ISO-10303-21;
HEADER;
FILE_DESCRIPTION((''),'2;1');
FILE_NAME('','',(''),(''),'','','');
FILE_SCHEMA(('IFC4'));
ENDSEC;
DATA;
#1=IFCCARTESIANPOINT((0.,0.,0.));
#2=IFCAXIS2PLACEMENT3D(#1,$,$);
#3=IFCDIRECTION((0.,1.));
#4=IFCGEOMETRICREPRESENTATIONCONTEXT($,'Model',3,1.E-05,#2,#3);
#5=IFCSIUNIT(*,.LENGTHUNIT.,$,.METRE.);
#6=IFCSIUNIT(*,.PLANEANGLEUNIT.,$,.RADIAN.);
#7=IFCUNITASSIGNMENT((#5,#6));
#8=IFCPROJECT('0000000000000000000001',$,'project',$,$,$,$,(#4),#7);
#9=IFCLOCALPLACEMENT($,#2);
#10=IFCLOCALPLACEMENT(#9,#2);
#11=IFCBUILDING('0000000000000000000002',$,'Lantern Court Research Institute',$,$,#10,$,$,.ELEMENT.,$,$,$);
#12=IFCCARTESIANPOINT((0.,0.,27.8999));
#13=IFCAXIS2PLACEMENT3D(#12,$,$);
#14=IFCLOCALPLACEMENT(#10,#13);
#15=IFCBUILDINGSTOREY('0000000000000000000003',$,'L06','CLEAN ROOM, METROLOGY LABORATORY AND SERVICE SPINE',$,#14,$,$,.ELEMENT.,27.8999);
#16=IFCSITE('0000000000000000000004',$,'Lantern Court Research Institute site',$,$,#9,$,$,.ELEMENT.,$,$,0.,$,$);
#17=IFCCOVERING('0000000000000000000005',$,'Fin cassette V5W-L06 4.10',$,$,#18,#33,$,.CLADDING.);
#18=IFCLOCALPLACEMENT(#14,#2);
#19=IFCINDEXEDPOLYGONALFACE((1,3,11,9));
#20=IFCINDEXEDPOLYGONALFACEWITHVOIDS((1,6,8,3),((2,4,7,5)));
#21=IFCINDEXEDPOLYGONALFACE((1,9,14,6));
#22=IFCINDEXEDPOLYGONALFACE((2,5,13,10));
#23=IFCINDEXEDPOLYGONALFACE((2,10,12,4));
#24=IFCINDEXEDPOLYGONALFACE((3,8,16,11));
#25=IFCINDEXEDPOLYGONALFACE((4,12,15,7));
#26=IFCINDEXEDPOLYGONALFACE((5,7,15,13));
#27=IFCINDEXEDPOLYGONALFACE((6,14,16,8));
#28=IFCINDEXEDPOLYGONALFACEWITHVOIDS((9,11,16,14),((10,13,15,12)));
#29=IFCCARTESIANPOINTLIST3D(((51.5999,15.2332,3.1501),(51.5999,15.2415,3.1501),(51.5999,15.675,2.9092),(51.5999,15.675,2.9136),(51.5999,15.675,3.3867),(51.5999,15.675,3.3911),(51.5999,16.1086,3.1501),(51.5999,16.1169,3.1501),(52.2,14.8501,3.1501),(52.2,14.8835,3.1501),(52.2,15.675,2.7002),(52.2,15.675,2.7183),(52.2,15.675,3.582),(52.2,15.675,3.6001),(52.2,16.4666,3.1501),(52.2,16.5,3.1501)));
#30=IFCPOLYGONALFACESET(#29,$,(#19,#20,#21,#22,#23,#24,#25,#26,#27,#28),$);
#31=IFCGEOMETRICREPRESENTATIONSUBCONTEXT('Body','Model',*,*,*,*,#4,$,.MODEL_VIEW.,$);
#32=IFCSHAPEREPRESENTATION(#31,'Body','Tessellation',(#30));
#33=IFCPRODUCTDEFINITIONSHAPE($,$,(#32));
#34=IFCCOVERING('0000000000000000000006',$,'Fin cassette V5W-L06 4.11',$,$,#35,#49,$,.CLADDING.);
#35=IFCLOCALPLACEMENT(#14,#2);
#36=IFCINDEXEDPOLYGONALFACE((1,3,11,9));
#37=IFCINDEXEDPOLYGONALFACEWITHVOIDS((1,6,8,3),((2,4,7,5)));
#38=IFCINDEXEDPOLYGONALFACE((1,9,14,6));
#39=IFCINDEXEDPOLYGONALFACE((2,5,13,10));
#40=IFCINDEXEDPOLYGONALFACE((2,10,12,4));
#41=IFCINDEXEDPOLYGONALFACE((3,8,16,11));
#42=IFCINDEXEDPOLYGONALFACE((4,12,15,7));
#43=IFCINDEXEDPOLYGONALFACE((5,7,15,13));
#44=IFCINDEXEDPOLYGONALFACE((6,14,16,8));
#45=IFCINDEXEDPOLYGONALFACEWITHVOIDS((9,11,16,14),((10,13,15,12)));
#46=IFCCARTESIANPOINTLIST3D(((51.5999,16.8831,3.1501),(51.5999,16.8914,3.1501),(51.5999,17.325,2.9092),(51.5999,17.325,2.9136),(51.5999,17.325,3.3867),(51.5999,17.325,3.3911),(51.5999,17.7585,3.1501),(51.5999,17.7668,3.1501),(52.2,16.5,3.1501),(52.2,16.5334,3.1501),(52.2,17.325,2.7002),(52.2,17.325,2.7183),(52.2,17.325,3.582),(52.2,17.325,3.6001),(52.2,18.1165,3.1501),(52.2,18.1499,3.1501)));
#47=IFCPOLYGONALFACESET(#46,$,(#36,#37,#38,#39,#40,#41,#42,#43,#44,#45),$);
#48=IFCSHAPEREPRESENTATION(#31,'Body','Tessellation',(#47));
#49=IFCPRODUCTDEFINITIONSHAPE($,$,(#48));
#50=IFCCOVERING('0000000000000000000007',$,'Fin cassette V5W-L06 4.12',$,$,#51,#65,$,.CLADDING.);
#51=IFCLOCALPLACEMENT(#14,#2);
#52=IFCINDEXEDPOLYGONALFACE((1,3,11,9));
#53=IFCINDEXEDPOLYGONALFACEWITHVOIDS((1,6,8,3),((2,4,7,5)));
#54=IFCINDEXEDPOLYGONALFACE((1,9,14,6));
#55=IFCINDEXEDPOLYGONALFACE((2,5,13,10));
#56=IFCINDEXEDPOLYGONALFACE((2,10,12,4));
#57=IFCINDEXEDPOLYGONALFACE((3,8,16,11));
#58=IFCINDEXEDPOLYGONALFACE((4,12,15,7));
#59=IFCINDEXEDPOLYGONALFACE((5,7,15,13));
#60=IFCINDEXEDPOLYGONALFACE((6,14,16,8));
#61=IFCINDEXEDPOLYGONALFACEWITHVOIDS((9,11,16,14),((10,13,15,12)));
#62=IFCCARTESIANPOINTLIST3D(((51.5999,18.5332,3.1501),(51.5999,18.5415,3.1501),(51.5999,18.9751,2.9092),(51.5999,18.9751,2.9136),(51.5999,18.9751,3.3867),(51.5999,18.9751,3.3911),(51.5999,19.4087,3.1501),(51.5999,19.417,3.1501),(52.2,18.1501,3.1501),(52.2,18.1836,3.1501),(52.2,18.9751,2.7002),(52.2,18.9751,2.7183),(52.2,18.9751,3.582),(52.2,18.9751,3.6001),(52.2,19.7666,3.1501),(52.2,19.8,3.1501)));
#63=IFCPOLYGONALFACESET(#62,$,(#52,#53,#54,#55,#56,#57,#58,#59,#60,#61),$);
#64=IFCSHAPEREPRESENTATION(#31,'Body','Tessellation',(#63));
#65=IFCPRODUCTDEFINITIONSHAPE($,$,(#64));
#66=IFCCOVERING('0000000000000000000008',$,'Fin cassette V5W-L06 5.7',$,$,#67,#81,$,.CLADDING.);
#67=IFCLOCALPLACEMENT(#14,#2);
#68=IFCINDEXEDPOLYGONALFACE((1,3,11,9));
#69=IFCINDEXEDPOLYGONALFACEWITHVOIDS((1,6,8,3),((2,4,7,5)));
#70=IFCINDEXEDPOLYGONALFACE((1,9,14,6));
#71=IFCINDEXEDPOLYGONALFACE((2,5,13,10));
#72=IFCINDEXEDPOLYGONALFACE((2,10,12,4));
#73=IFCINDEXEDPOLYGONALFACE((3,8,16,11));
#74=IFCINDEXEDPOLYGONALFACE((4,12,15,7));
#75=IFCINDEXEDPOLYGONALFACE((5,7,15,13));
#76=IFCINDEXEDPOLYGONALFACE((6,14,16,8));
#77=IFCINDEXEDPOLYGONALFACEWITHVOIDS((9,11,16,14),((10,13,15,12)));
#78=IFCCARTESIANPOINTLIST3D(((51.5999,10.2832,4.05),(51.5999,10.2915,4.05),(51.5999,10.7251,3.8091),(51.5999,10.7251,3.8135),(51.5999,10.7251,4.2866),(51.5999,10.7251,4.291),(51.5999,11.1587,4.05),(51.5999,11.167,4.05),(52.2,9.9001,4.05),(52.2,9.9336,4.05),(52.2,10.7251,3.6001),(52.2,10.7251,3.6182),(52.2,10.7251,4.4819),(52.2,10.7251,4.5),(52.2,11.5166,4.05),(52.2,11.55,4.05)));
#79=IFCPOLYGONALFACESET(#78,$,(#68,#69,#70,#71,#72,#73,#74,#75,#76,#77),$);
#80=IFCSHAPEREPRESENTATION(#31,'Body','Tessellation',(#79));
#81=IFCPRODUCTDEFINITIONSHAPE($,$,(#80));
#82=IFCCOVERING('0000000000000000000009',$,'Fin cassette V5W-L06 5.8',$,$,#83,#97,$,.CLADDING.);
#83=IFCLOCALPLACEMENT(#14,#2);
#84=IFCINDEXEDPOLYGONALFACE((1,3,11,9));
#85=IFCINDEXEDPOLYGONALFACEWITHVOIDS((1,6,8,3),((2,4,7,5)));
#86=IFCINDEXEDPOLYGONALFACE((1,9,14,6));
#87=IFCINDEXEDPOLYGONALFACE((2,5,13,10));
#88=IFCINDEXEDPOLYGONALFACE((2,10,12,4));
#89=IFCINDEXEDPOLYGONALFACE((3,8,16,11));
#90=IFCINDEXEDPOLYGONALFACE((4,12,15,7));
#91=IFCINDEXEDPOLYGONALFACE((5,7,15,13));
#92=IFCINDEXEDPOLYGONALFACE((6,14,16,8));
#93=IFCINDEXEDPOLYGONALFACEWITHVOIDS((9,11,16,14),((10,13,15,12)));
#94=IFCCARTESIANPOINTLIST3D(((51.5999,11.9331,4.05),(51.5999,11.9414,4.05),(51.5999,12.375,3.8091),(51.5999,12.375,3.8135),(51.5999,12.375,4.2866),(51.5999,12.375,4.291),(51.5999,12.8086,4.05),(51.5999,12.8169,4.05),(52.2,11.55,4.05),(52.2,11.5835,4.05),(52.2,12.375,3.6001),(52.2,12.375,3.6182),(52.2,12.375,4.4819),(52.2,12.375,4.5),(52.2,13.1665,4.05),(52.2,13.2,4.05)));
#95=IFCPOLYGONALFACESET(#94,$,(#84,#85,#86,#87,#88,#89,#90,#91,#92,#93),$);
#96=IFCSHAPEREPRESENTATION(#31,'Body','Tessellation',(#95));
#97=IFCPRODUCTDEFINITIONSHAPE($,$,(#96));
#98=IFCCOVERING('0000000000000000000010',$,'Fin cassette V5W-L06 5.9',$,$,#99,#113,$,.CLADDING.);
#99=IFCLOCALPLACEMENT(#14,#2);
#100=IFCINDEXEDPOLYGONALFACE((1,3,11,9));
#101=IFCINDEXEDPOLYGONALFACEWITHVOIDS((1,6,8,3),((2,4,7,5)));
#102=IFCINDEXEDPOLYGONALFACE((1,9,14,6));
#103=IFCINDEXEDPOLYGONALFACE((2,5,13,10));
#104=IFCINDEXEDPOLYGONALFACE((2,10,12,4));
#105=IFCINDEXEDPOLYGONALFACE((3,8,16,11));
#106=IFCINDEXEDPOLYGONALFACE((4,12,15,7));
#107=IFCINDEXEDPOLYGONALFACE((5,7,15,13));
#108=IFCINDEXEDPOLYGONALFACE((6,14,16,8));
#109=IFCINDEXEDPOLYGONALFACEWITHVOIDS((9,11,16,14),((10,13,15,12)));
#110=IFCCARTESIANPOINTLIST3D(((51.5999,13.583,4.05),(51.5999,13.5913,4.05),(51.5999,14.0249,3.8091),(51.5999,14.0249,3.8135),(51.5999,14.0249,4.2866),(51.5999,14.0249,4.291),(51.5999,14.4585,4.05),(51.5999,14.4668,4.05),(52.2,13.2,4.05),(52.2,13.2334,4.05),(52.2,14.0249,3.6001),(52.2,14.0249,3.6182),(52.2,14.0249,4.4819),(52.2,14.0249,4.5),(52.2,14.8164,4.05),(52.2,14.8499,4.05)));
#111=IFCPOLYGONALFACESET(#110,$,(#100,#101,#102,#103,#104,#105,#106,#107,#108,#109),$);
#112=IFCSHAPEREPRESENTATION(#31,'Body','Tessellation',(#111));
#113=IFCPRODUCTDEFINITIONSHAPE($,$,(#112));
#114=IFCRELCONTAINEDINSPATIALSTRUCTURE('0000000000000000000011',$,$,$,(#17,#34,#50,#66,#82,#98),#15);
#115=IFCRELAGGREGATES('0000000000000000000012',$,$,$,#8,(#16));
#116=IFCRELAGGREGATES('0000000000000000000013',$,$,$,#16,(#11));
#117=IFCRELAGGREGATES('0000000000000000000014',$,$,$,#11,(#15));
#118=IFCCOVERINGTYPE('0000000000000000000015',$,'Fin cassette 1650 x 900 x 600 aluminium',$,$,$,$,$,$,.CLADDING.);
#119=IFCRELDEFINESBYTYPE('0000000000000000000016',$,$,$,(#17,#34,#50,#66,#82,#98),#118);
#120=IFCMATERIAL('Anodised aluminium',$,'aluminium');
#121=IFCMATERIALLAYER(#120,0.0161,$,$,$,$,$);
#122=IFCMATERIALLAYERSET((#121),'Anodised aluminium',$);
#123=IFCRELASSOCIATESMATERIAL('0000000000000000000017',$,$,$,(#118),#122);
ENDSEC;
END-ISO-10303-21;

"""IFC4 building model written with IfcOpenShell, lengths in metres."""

from ifc_helpers import new_model, entity, si_unit, direction, frame, origin, place, context, subcontext, project, spatial, material, layer, layer_set, type_object, element, save


model = new_model("IFC4")

# Units and contexts
model_context = context("Model", 3, precision=1e-05, world=origin(), true_north=direction((0.0, 1.0)))
body_context = subcontext(model_context, "Body", "Model", "MODEL_VIEW")
ifc_project = project(units=[si_unit("LENGTHUNIT", "METRE"), si_unit("PLANEANGLEUNIT", "RADIAN")], contexts=[model_context])

# Site, building, storey
site_placement = place(None, origin())
site = spatial("IfcSite", under=ifc_project, at=site_placement, Name="Lantern Court Research Institute site", CompositionType="ELEMENT", RefElevation=0.0)
building_placement = place(site_placement, origin())
building = spatial("IfcBuilding", under=site, at=building_placement, Name="Lantern Court Research Institute", CompositionType="ELEMENT")
storey_placement = place(building_placement, frame((0.0, 0.0, 27.8999)))
storey = spatial("IfcBuildingStorey", under=building, at=storey_placement, Name="L06", Description="CLEAN ROOM, METROLOGY LABORATORY AND SERVICE SPINE", CompositionType="ELEMENT", Elevation=27.8999)

# Coverings
ifc_material_1 = material(Name="Anodised aluminium", Category="aluminium")
ifc_layer_1 = layer(ifc_material_1, 0.0161)
ifc_layer_set_1 = layer_set([ifc_layer_1], Name="Anodised aluminium")
covering_type = type_object("IfcCoveringType", Name="Fin cassette 1650 x 900 x 600 aluminium", PredefinedType="CLADDING", material=ifc_layer_set_1)
covering_1_placement = place(storey_placement, frame((52.2, 15.675, 3.1501), z_axis=(-1.0, 0.0, 0.0), x_axis=(0.0, -1.0, 0.0)))
cartesian_point_1 = entity("IfcCartesianPoint", [0.825, 0.0])
cartesian_point_2 = entity("IfcCartesianPoint", [0.7915, 0.0])
cartesian_point_3 = entity("IfcCartesianPoint", [0.4419, 0.0])
cartesian_point_4 = entity("IfcCartesianPoint", [0.4336, 0.0])
element("IfcCovering", 1, at=covering_1_placement, inside=storey, type_object=covering_type, Name="Fin cassette V5W-L06 4.10", PredefinedType="CLADDING", context=body_context, shape_type="SweptSolid", body=[
    entity("IfcExtrudedAreaSolidTapered", entity("IfcArbitraryProfileDefWithVoids", "AREA", None, entity("IfcPolyline", [cartesian_point_1, entity("IfcCartesianPoint", [0.0, 0.45]), entity("IfcCartesianPoint", [-0.825, 0.0]), entity("IfcCartesianPoint", [0.0, -0.45]), cartesian_point_1]), [entity("IfcPolyline", [cartesian_point_2, entity("IfcCartesianPoint", [0.0, 0.4319]), entity("IfcCartesianPoint", [-0.7915, 0.0]), entity("IfcCartesianPoint", [0.0, -0.4319]), cartesian_point_2])]), entity("IfcAxis2Placement3D", entity("IfcCartesianPoint", [0.0, 0.0, 0.0])), entity("IfcDirection", [0.0, 0.0, 1.0]), 0.6001, entity("IfcArbitraryProfileDefWithVoids", "AREA", None, entity("IfcPolyline", [cartesian_point_3, entity("IfcCartesianPoint", [0.0, 0.241]), entity("IfcCartesianPoint", [-0.4419, 0.0]), entity("IfcCartesianPoint", [0.0, -0.241]), cartesian_point_3]), [entity("IfcPolyline", [cartesian_point_4, entity("IfcCartesianPoint", [0.0, 0.2366]), entity("IfcCartesianPoint", [-0.4336, 0.0]), entity("IfcCartesianPoint", [0.0, -0.2366]), cartesian_point_4])])),
])
covering_2_placement = place(storey_placement, frame((52.2, 17.325, 3.1501), z_axis=(-1.0, 0.0, 0.0), x_axis=(0.0, -1.0, 0.0)))
cartesian_point_5 = entity("IfcCartesianPoint", [0.825, 0.0])
cartesian_point_6 = entity("IfcCartesianPoint", [0.7915, 0.0])
cartesian_point_7 = entity("IfcCartesianPoint", [0.4419, 0.0])
cartesian_point_8 = entity("IfcCartesianPoint", [0.4336, 0.0])
element("IfcCovering", 2, at=covering_2_placement, inside=storey, type_object=covering_type, Name="Fin cassette V5W-L06 4.11", PredefinedType="CLADDING", context=body_context, shape_type="SweptSolid", body=[
    entity("IfcExtrudedAreaSolidTapered", entity("IfcArbitraryProfileDefWithVoids", "AREA", None, entity("IfcPolyline", [cartesian_point_5, entity("IfcCartesianPoint", [0.0, 0.45]), entity("IfcCartesianPoint", [-0.825, 0.0]), entity("IfcCartesianPoint", [0.0, -0.45]), cartesian_point_5]), [entity("IfcPolyline", [cartesian_point_6, entity("IfcCartesianPoint", [0.0, 0.4319]), entity("IfcCartesianPoint", [-0.7915, 0.0]), entity("IfcCartesianPoint", [0.0, -0.4319]), cartesian_point_6])]), entity("IfcAxis2Placement3D", entity("IfcCartesianPoint", [0.0, 0.0, 0.0])), entity("IfcDirection", [0.0, 0.0, 1.0]), 0.6001, entity("IfcArbitraryProfileDefWithVoids", "AREA", None, entity("IfcPolyline", [cartesian_point_7, entity("IfcCartesianPoint", [0.0, 0.241]), entity("IfcCartesianPoint", [-0.4419, 0.0]), entity("IfcCartesianPoint", [0.0, -0.241]), cartesian_point_7]), [entity("IfcPolyline", [cartesian_point_8, entity("IfcCartesianPoint", [0.0, 0.2366]), entity("IfcCartesianPoint", [-0.4336, 0.0]), entity("IfcCartesianPoint", [0.0, -0.2366]), cartesian_point_8])])),
])
covering_3_placement = place(storey_placement, frame((52.2, 18.9751, 3.1501), z_axis=(-1.0, 0.0, 0.0), x_axis=(0.0, -1.0, 0.0)))
cartesian_point_9 = entity("IfcCartesianPoint", [0.825, 0.0])
cartesian_point_10 = entity("IfcCartesianPoint", [0.7915, 0.0])
cartesian_point_11 = entity("IfcCartesianPoint", [0.4419, 0.0])
cartesian_point_12 = entity("IfcCartesianPoint", [0.4336, 0.0])
element("IfcCovering", 3, at=covering_3_placement, inside=storey, type_object=covering_type, Name="Fin cassette V5W-L06 4.12", PredefinedType="CLADDING", context=body_context, shape_type="SweptSolid", body=[
    entity("IfcExtrudedAreaSolidTapered", entity("IfcArbitraryProfileDefWithVoids", "AREA", None, entity("IfcPolyline", [cartesian_point_9, entity("IfcCartesianPoint", [0.0, 0.45]), entity("IfcCartesianPoint", [-0.825, 0.0]), entity("IfcCartesianPoint", [0.0, -0.45]), cartesian_point_9]), [entity("IfcPolyline", [cartesian_point_10, entity("IfcCartesianPoint", [0.0, 0.4319]), entity("IfcCartesianPoint", [-0.7915, 0.0]), entity("IfcCartesianPoint", [0.0, -0.4319]), cartesian_point_10])]), entity("IfcAxis2Placement3D", entity("IfcCartesianPoint", [0.0, 0.0, 0.0])), entity("IfcDirection", [0.0, 0.0, 1.0]), 0.6001, entity("IfcArbitraryProfileDefWithVoids", "AREA", None, entity("IfcPolyline", [cartesian_point_11, entity("IfcCartesianPoint", [0.0, 0.241]), entity("IfcCartesianPoint", [-0.4419, 0.0]), entity("IfcCartesianPoint", [0.0, -0.241]), cartesian_point_11]), [entity("IfcPolyline", [cartesian_point_12, entity("IfcCartesianPoint", [0.0, 0.2366]), entity("IfcCartesianPoint", [-0.4336, 0.0]), entity("IfcCartesianPoint", [0.0, -0.2366]), cartesian_point_12])])),
])
covering_4_placement = place(storey_placement, frame((52.2, 10.7251, 4.05), z_axis=(-1.0, 0.0, 0.0), x_axis=(0.0, -1.0, 0.0)))
cartesian_point_13 = entity("IfcCartesianPoint", [0.825, 0.0])
cartesian_point_14 = entity("IfcCartesianPoint", [0.7915, 0.0])
cartesian_point_15 = entity("IfcCartesianPoint", [0.4419, 0.0])
cartesian_point_16 = entity("IfcCartesianPoint", [0.4336, 0.0])
element("IfcCovering", 4, at=covering_4_placement, inside=storey, type_object=covering_type, Name="Fin cassette V5W-L06 5.7", PredefinedType="CLADDING", context=body_context, shape_type="SweptSolid", body=[
    entity("IfcExtrudedAreaSolidTapered", entity("IfcArbitraryProfileDefWithVoids", "AREA", None, entity("IfcPolyline", [cartesian_point_13, entity("IfcCartesianPoint", [0.0, 0.45]), entity("IfcCartesianPoint", [-0.825, 0.0]), entity("IfcCartesianPoint", [0.0, -0.45]), cartesian_point_13]), [entity("IfcPolyline", [cartesian_point_14, entity("IfcCartesianPoint", [0.0, 0.4319]), entity("IfcCartesianPoint", [-0.7915, 0.0]), entity("IfcCartesianPoint", [0.0, -0.4319]), cartesian_point_14])]), entity("IfcAxis2Placement3D", entity("IfcCartesianPoint", [0.0, 0.0, 0.0])), entity("IfcDirection", [0.0, 0.0, 1.0]), 0.6001, entity("IfcArbitraryProfileDefWithVoids", "AREA", None, entity("IfcPolyline", [cartesian_point_15, entity("IfcCartesianPoint", [0.0, 0.241]), entity("IfcCartesianPoint", [-0.4419, 0.0]), entity("IfcCartesianPoint", [0.0, -0.241]), cartesian_point_15]), [entity("IfcPolyline", [cartesian_point_16, entity("IfcCartesianPoint", [0.0, 0.2366]), entity("IfcCartesianPoint", [-0.4336, 0.0]), entity("IfcCartesianPoint", [0.0, -0.2366]), cartesian_point_16])])),
])
covering_5_placement = place(storey_placement, frame((52.2, 12.375, 4.05), z_axis=(-1.0, 0.0, 0.0), x_axis=(0.0, -1.0, 0.0)))
cartesian_point_17 = entity("IfcCartesianPoint", [0.825, 0.0])
cartesian_point_18 = entity("IfcCartesianPoint", [0.7915, 0.0])
cartesian_point_19 = entity("IfcCartesianPoint", [0.4419, 0.0])
cartesian_point_20 = entity("IfcCartesianPoint", [0.4336, 0.0])
element("IfcCovering", 5, at=covering_5_placement, inside=storey, type_object=covering_type, Name="Fin cassette V5W-L06 5.8", PredefinedType="CLADDING", context=body_context, shape_type="SweptSolid", body=[
    entity("IfcExtrudedAreaSolidTapered", entity("IfcArbitraryProfileDefWithVoids", "AREA", None, entity("IfcPolyline", [cartesian_point_17, entity("IfcCartesianPoint", [0.0, 0.45]), entity("IfcCartesianPoint", [-0.825, 0.0]), entity("IfcCartesianPoint", [0.0, -0.45]), cartesian_point_17]), [entity("IfcPolyline", [cartesian_point_18, entity("IfcCartesianPoint", [0.0, 0.4319]), entity("IfcCartesianPoint", [-0.7915, 0.0]), entity("IfcCartesianPoint", [0.0, -0.4319]), cartesian_point_18])]), entity("IfcAxis2Placement3D", entity("IfcCartesianPoint", [0.0, 0.0, 0.0])), entity("IfcDirection", [0.0, 0.0, 1.0]), 0.6001, entity("IfcArbitraryProfileDefWithVoids", "AREA", None, entity("IfcPolyline", [cartesian_point_19, entity("IfcCartesianPoint", [0.0, 0.241]), entity("IfcCartesianPoint", [-0.4419, 0.0]), entity("IfcCartesianPoint", [0.0, -0.241]), cartesian_point_19]), [entity("IfcPolyline", [cartesian_point_20, entity("IfcCartesianPoint", [0.0, 0.2366]), entity("IfcCartesianPoint", [-0.4336, 0.0]), entity("IfcCartesianPoint", [0.0, -0.2366]), cartesian_point_20])])),
])
covering_6_placement = place(storey_placement, frame((52.2, 14.0249, 4.05), z_axis=(-1.0, 0.0, 0.0), x_axis=(0.0, -1.0, 0.0)))
cartesian_point_21 = entity("IfcCartesianPoint", [0.825, 0.0])
cartesian_point_22 = entity("IfcCartesianPoint", [0.7915, 0.0])
cartesian_point_23 = entity("IfcCartesianPoint", [0.4419, 0.0])
cartesian_point_24 = entity("IfcCartesianPoint", [0.4336, 0.0])
element("IfcCovering", 6, at=covering_6_placement, inside=storey, type_object=covering_type, Name="Fin cassette V5W-L06 5.9", PredefinedType="CLADDING", context=body_context, shape_type="SweptSolid", body=[
    entity("IfcExtrudedAreaSolidTapered", entity("IfcArbitraryProfileDefWithVoids", "AREA", None, entity("IfcPolyline", [cartesian_point_21, entity("IfcCartesianPoint", [0.0, 0.45]), entity("IfcCartesianPoint", [-0.825, 0.0]), entity("IfcCartesianPoint", [0.0, -0.45]), cartesian_point_21]), [entity("IfcPolyline", [cartesian_point_22, entity("IfcCartesianPoint", [0.0, 0.4319]), entity("IfcCartesianPoint", [-0.7915, 0.0]), entity("IfcCartesianPoint", [0.0, -0.4319]), cartesian_point_22])]), entity("IfcAxis2Placement3D", entity("IfcCartesianPoint", [0.0, 0.0, 0.0])), entity("IfcDirection", [0.0, 0.0, 1.0]), 0.6001, entity("IfcArbitraryProfileDefWithVoids", "AREA", None, entity("IfcPolyline", [cartesian_point_23, entity("IfcCartesianPoint", [0.0, 0.241]), entity("IfcCartesianPoint", [-0.4419, 0.0]), entity("IfcCartesianPoint", [0.0, -0.241]), cartesian_point_23]), [entity("IfcPolyline", [cartesian_point_24, entity("IfcCartesianPoint", [0.0, 0.2366]), entity("IfcCartesianPoint", [-0.4336, 0.0]), entity("IfcCartesianPoint", [0.0, -0.2366]), cartesian_point_24])])),
])

save(model, "model.ifc")
